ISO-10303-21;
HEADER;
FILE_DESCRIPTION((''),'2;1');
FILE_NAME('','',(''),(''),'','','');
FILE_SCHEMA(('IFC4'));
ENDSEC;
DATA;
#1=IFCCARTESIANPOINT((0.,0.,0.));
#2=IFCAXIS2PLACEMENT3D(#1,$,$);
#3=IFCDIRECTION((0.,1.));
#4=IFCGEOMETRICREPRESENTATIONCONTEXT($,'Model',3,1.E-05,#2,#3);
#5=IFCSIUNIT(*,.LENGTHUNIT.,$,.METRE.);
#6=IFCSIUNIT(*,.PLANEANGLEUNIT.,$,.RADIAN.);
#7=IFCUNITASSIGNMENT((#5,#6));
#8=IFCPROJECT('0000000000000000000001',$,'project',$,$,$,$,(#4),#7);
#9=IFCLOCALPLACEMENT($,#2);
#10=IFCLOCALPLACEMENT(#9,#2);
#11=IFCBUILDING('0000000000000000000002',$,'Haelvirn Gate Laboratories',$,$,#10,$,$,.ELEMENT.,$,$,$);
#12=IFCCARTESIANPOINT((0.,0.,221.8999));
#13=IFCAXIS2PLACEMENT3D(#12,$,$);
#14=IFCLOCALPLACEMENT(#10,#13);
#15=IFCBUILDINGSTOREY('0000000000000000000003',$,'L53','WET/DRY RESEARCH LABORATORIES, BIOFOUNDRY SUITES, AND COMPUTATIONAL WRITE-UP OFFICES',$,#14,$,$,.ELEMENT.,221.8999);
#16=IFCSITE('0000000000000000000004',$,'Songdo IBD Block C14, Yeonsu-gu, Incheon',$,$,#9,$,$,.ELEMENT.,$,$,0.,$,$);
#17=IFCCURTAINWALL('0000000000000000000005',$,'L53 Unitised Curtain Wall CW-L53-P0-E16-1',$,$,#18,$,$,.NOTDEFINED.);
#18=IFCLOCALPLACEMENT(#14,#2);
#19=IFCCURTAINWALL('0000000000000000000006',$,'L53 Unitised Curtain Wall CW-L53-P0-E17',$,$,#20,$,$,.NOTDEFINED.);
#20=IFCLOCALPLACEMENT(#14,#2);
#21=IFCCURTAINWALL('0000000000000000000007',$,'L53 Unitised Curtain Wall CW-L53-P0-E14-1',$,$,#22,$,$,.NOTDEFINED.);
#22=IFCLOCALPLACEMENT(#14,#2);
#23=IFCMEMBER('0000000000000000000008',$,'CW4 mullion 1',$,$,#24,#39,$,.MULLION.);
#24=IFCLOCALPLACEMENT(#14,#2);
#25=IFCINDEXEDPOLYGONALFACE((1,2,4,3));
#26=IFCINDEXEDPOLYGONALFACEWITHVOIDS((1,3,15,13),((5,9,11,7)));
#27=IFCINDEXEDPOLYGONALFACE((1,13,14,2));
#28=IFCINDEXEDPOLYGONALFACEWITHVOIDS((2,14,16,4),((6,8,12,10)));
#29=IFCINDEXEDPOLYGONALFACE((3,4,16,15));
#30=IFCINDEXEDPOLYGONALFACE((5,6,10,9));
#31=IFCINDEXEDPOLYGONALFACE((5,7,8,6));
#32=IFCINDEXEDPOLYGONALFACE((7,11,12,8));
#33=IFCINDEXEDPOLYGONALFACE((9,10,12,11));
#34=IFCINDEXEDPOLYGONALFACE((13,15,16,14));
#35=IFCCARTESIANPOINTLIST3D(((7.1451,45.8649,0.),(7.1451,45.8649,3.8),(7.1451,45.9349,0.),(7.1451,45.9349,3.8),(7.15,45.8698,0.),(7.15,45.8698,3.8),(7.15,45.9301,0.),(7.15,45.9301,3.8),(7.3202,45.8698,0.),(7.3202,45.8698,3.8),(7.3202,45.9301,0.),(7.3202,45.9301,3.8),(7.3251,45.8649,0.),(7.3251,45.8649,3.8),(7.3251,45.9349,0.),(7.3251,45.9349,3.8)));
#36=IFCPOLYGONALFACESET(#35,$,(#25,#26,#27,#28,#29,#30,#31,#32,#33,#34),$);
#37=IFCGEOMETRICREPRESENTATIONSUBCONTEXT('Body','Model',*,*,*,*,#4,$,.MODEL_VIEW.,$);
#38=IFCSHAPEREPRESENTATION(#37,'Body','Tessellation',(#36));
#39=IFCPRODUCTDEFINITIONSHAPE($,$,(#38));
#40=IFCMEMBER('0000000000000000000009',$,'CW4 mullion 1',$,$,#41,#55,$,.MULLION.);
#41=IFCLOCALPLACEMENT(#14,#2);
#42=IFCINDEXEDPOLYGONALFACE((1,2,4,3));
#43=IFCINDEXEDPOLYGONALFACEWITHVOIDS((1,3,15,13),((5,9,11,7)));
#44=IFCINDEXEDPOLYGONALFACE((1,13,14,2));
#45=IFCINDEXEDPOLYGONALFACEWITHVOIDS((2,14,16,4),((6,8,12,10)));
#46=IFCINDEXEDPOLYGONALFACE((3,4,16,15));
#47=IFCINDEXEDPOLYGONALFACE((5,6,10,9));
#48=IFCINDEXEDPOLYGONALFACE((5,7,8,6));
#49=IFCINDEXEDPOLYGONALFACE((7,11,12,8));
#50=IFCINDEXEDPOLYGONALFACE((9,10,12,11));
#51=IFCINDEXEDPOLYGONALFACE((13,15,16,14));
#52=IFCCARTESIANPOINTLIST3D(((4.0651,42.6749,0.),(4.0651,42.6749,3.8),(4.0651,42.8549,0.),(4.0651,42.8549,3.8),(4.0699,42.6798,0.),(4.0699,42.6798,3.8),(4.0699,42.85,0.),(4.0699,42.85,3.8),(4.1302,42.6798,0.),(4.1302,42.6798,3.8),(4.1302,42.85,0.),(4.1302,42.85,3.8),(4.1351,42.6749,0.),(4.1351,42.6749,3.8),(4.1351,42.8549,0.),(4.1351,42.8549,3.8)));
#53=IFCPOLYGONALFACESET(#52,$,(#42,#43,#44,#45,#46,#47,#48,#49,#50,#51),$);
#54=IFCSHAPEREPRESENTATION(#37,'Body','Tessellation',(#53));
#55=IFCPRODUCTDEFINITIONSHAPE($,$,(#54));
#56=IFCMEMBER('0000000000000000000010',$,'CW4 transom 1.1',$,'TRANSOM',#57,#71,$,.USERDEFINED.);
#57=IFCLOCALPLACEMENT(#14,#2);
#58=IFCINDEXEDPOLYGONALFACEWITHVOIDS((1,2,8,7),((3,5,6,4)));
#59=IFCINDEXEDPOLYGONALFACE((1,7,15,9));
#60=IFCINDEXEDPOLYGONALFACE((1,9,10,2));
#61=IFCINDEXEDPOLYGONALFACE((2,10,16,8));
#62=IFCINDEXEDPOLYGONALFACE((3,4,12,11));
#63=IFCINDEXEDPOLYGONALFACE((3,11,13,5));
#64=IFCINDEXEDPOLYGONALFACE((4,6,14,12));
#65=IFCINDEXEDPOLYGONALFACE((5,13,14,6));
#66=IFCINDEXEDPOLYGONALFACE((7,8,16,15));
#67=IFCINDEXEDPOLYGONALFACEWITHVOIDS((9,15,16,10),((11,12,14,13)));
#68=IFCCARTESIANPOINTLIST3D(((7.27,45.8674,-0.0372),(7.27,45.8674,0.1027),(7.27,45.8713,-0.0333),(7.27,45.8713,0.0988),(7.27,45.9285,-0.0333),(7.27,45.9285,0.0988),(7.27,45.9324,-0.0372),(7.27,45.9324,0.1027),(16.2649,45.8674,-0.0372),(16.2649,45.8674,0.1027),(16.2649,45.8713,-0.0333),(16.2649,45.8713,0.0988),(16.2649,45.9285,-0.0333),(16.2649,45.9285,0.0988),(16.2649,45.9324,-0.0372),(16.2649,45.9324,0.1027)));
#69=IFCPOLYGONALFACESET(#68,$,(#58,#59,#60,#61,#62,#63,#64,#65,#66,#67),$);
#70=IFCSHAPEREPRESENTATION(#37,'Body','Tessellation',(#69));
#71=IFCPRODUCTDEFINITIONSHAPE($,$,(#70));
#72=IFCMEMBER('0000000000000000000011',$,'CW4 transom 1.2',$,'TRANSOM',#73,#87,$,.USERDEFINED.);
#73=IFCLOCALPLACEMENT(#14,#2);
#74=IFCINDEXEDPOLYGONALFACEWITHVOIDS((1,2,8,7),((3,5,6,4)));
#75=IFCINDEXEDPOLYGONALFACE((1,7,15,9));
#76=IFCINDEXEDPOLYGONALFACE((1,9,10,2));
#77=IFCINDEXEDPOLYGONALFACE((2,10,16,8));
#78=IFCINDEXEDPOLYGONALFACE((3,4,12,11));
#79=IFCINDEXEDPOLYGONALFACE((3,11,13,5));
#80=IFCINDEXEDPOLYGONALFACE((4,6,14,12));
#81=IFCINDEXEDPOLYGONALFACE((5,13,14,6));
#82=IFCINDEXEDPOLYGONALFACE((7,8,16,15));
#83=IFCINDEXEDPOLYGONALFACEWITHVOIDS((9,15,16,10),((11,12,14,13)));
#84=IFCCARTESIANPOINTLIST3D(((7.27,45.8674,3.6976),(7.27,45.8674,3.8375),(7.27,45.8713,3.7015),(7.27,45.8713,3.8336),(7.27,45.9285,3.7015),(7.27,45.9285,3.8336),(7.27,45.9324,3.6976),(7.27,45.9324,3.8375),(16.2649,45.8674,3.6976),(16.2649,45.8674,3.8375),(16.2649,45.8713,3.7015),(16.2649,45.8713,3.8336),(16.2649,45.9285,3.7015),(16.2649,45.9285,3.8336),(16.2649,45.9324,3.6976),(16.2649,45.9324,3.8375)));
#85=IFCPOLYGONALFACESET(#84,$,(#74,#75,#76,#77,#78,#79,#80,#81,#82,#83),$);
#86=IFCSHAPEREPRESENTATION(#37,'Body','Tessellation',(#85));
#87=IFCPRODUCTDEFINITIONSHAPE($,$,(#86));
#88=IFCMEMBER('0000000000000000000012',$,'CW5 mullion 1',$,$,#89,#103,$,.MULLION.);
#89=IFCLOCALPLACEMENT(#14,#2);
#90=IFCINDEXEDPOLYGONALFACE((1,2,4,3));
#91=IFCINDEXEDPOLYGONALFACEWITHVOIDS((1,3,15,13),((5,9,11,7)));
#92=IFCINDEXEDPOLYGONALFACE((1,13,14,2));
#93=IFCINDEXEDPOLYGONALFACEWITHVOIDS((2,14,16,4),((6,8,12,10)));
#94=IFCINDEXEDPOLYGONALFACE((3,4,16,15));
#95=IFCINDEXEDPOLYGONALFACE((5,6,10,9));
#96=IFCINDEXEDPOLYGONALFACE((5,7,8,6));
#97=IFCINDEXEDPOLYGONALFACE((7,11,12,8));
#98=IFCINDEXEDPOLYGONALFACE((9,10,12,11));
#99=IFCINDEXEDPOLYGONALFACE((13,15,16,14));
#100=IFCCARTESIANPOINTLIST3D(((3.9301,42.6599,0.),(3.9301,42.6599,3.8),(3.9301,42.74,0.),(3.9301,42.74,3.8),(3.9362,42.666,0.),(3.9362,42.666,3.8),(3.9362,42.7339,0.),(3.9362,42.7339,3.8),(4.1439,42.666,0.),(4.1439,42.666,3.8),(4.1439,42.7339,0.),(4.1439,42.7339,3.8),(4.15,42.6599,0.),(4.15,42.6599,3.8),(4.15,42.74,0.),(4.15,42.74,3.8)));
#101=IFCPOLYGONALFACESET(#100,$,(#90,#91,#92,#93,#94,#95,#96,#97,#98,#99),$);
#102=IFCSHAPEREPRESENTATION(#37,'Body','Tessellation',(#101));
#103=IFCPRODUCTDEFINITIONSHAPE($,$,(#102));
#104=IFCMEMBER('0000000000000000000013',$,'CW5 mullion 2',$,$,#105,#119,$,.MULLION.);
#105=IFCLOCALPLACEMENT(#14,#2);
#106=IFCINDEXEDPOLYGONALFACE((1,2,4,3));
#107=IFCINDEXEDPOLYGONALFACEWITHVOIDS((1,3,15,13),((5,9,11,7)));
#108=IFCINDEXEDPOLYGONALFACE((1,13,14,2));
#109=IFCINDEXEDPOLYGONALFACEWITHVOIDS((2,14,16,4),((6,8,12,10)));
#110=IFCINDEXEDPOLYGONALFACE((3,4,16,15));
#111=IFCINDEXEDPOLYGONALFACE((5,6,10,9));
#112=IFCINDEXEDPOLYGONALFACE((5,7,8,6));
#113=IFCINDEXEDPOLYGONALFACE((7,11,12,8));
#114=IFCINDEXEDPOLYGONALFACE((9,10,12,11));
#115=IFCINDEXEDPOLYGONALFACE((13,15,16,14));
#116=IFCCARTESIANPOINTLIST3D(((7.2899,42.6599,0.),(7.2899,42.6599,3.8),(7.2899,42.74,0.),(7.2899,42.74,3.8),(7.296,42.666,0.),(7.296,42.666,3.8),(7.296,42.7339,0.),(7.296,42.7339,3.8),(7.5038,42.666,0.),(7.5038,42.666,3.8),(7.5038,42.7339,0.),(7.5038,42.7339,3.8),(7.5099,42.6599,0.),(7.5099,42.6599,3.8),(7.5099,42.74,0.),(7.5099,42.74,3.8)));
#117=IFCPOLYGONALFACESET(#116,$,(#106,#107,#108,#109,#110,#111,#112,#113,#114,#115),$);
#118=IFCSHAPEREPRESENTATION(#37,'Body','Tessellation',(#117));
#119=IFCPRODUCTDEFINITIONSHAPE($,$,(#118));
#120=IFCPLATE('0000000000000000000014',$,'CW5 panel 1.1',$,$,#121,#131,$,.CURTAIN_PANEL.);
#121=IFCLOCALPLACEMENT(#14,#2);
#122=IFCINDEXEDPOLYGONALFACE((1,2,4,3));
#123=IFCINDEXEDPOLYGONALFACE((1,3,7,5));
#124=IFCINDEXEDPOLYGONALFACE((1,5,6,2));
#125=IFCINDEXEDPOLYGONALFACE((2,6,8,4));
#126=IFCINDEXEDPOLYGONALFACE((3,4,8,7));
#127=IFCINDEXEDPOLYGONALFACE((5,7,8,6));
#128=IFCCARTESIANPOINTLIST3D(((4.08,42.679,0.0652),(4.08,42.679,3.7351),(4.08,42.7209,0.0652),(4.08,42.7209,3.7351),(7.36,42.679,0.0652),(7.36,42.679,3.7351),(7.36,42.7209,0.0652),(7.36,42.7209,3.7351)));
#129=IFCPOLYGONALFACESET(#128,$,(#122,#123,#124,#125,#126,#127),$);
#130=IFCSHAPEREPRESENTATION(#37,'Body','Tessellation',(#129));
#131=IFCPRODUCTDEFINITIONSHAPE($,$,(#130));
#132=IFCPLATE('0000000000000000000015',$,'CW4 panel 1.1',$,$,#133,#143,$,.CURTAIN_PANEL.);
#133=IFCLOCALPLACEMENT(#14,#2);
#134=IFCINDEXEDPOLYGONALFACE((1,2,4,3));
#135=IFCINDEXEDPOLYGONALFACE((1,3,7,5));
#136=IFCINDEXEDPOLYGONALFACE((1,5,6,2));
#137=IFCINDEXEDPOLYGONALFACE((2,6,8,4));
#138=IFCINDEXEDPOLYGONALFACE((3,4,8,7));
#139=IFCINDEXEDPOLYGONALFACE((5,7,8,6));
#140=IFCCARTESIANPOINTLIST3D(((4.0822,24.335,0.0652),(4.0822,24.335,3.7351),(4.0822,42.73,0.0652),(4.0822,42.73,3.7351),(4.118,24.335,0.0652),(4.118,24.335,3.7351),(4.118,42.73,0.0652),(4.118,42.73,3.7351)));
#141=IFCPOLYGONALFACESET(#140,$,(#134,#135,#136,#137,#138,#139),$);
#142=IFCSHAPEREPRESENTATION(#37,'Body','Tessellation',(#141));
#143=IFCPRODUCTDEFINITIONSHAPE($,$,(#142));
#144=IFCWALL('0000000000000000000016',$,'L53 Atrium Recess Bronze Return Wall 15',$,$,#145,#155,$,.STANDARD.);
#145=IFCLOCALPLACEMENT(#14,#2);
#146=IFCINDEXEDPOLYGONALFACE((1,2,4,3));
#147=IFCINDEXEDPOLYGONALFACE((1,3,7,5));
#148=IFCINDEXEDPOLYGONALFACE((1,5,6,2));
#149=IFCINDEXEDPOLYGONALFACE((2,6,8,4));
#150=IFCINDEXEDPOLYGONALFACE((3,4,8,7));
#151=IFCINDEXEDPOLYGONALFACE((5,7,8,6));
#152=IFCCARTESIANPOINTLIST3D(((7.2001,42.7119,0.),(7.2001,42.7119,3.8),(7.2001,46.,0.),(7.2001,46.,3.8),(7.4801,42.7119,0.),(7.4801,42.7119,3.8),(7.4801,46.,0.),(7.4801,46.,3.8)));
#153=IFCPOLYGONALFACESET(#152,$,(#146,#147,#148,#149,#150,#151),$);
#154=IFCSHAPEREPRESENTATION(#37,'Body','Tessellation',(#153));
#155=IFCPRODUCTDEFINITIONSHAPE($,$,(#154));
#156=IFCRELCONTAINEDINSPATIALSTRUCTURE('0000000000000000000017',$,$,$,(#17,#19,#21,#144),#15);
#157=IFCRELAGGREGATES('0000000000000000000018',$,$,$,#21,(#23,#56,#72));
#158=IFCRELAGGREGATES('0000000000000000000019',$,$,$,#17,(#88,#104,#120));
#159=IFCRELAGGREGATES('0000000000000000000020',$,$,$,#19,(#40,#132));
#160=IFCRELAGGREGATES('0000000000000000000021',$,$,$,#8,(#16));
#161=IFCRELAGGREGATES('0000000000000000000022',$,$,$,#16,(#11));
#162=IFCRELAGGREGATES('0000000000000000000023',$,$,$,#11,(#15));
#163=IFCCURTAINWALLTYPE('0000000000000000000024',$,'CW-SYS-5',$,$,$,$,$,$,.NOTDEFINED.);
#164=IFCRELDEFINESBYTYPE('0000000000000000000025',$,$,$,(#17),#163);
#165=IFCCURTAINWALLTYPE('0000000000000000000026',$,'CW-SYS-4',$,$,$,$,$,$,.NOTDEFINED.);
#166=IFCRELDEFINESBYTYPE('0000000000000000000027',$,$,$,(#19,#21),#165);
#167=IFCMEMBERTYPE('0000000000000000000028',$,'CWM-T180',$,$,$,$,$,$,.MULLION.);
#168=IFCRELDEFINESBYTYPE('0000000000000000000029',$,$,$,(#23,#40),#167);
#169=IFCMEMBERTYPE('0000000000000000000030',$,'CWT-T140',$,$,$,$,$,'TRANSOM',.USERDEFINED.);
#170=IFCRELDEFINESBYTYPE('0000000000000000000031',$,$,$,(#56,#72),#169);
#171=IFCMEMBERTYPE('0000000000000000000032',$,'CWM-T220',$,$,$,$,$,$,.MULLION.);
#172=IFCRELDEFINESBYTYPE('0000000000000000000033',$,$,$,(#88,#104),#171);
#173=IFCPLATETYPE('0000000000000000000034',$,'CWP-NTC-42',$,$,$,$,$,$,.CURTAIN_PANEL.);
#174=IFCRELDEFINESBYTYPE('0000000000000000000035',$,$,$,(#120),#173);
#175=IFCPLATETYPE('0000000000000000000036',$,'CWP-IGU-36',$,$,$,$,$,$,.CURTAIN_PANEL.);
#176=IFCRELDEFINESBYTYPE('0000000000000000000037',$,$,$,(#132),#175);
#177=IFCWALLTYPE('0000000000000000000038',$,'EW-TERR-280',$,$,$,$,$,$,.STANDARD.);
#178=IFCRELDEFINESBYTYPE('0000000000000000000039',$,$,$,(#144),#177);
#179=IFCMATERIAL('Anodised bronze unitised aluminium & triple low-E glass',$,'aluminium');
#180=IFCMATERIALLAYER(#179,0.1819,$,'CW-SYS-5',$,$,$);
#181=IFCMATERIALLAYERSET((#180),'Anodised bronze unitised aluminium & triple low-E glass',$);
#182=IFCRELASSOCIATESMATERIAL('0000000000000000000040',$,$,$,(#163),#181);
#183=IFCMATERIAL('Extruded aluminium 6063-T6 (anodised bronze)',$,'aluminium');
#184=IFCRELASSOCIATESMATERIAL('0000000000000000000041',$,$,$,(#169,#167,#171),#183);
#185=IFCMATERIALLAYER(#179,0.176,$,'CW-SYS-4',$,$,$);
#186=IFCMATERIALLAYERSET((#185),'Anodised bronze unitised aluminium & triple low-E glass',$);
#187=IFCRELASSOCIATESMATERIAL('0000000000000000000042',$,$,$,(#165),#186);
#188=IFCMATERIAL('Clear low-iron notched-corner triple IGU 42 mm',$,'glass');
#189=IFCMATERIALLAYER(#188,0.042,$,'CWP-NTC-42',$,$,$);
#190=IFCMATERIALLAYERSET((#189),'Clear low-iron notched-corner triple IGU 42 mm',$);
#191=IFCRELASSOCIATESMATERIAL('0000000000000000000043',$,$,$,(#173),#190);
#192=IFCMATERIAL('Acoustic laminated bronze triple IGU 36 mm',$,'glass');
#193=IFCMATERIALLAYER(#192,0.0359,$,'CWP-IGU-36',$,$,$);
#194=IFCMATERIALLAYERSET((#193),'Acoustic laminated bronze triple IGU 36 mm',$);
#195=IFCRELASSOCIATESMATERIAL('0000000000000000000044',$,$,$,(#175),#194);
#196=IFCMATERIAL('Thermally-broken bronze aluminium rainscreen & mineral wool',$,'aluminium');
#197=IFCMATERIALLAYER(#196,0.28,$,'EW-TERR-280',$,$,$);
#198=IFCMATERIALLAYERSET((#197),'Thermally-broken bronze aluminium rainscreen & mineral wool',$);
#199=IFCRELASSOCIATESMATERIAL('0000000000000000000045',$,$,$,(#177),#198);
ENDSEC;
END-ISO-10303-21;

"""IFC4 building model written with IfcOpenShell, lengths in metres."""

from ifc_helpers import new_model, si_unit, direction, frame, frame_2d, origin, origin_2d, place, context, subcontext, project, spatial, rectangle, hollow_rectangle, extrude, source, transform, mapped, material, layer, layer_set, material_profile, profile_set, type_object, type_shapes, element, aggregate, save


model = new_model("IFC4")

# Units and contexts
model_context = context("Model", 3, precision=1e-05, world=origin(), true_north=direction((0.0, 1.0)))
body_context = subcontext(model_context, "Body", "Model", "MODEL_VIEW")
ifc_project = project(units=[si_unit("LENGTHUNIT", "METRE"), si_unit("PLANEANGLEUNIT", "RADIAN")], contexts=[model_context])

# Site, building, storey
site_placement = place(None, origin())
site = spatial("IfcSite", under=ifc_project, at=site_placement, Name="Songdo IBD Block C14, Yeonsu-gu, Incheon", CompositionType="ELEMENT", RefElevation=0.0)
building_placement = place(site_placement, origin())
building = spatial("IfcBuilding", under=site, at=building_placement, Name="Haelvirn Gate Laboratories", CompositionType="ELEMENT")
storey_placement = place(building_placement, frame((0.0, 0.0, 221.8999)))
storey = spatial("IfcBuildingStorey", under=building, at=storey_placement, Name="L53", Description="WET/DRY RESEARCH LABORATORIES, BIOFOUNDRY SUITES, AND COMPUTATIONAL WRITE-UP OFFICES", CompositionType="ELEMENT", Elevation=221.8999)

# Curtain walls
ifc_material_1 = material(Name="Anodised bronze unitised aluminium & triple low-E glass", Category="aluminium")
ifc_layer_1 = layer(ifc_material_1, 0.1819, Name="CW-SYS-5")
ifc_layer_set_1 = layer_set([ifc_layer_1], Name="Anodised bronze unitised aluminium & triple low-E glass")
curtain_wall_type_1 = type_object("IfcCurtainWallType", Name="CW-SYS-5", PredefinedType="NOTDEFINED", material=ifc_layer_set_1)
curtain_wall_1_placement = place(storey_placement, origin())
curtain_wall_1 = element("IfcCurtainWall", 1, at=curtain_wall_1_placement, inside=storey, type_object=curtain_wall_type_1, Name="L53 Unitised Curtain Wall CW-L53-P0-E16-1", PredefinedType="NOTDEFINED")
ifc_material_2 = material(Name="Extruded aluminium 6063-T6 (anodised bronze)", Category="aluminium")
ifc_material_profile_1 = material_profile(ifc_material_2, hollow_rectangle(XDim=0.0649, YDim=0.1399, WallThickness=0.0039, at=origin_2d()), Name="CWT-140x65x4")
ifc_profile_set_1 = profile_set([ifc_material_profile_1], Name="Extruded aluminium 6063-T6 (anodised bronze)")
member_type_1 = type_object("IfcMemberType", Name="CWT-T140", ElementType="TRANSOM", PredefinedType="USERDEFINED", material=ifc_profile_set_1)
ifc_layer_2 = layer(ifc_material_1, 0.176, Name="CW-SYS-4")
ifc_layer_set_2 = layer_set([ifc_layer_2], Name="Anodised bronze unitised aluminium & triple low-E glass")
curtain_wall_type_2 = type_object("IfcCurtainWallType", Name="CW-SYS-4", PredefinedType="NOTDEFINED", material=ifc_layer_set_2)
curtain_wall_2_placement = place(storey_placement, origin())
curtain_wall_2 = element("IfcCurtainWall", 2, at=curtain_wall_2_placement, inside=storey, type_object=curtain_wall_type_2, Name="L53 Unitised Curtain Wall CW-L53-P0-E17", PredefinedType="NOTDEFINED")

# Curtain wall, member
curtain_wall_3_placement = place(storey_placement, origin())
curtain_wall_3 = element("IfcCurtainWall", 3, at=curtain_wall_3_placement, inside=storey, type_object=curtain_wall_type_2, Name="L53 Unitised Curtain Wall CW-L53-P0-E14-1", PredefinedType="NOTDEFINED")
ifc_material_profile_2 = material_profile(ifc_material_2, hollow_rectangle(XDim=0.0701, YDim=0.1799, WallThickness=0.0049, at=origin_2d()), Name="CWM-180x70x5")
ifc_profile_set_2 = profile_set([ifc_material_profile_2], Name="Extruded aluminium 6063-T6 (anodised bronze)")
member_type_2 = type_object("IfcMemberType", Name="CWM-T180", PredefinedType="MULLION", material=ifc_profile_set_2)
shared_shape_1 = source(origin(), body_context, "Body", "SweptSolid", [
    extrude(hollow_rectangle(XDim=0.0701, YDim=0.1799, WallThickness=0.0049, at=origin_2d()), origin(), (0.0, 0.0, 1.0), 3.8),
])
type_shapes(member_type_2, [shared_shape_1])
member_1_placement = place(storey_placement, frame((7.2351, 45.8999, 0.0), z_axis=(0.0, 0.0, 1.0), x_axis=(0.0, 1.0, 0.0)))
member_1 = element("IfcMember", 4, at=member_1_placement, type_object=member_type_2, Name="CW4 mullion 1", PredefinedType="MULLION", context=body_context, shape_type="MappedRepresentation", body=[
    mapped(shared_shape_1, transform((0.0, 0.0, 0.0), scale=1.0)),
])

# Members
member_2_placement = place(storey_placement, frame((4.1001, 42.7649, 0.0), z_axis=(0.0, 0.0, 1.0), x_axis=(1.0, 0.0, 0.0)))
member_2 = element("IfcMember", 5, at=member_2_placement, type_object=member_type_2, Name="CW4 mullion 1", PredefinedType="MULLION", context=body_context, shape_type="MappedRepresentation", body=[
    mapped(shared_shape_1, transform((0.0, 0.0, 0.0), scale=1.0)),
])
shared_shape_2 = source(origin(), body_context, "Body", "SweptSolid", [
    extrude(hollow_rectangle(XDim=0.0649, YDim=0.1399, WallThickness=0.0039, at=origin_2d()), origin(), (0.0, 0.0, 1.0), 8.9949),
])
member_3_placement = place(storey_placement, frame((7.27, 45.8999, 0.0327), z_axis=(1.0, 0.0, 0.0), x_axis=(0.0, 1.0, 0.0)))
member_3 = element("IfcMember", 6, at=member_3_placement, type_object=member_type_1, Name="CW4 transom 1.1", ObjectType="TRANSOM", PredefinedType="USERDEFINED", context=body_context, shape_type="MappedRepresentation", body=[
    mapped(shared_shape_2, transform((0.0, 0.0, 0.0), scale=1.0)),
])
member_4_placement = place(storey_placement, frame((7.27, 45.8999, 3.7676), z_axis=(1.0, 0.0, 0.0), x_axis=(0.0, 1.0, 0.0)))
member_4 = element("IfcMember", 7, at=member_4_placement, type_object=member_type_1, Name="CW4 transom 1.2", ObjectType="TRANSOM", PredefinedType="USERDEFINED", context=body_context, shape_type="MappedRepresentation", body=[
    mapped(shared_shape_2, transform((0.0, 0.0, 0.0), scale=1.0)),
])
aggregate(curtain_wall_3, [member_1, member_3, member_4])
ifc_material_profile_3 = material_profile(ifc_material_2, hollow_rectangle(XDim=0.0801, YDim=0.22, WallThickness=0.0061, at=origin_2d()), Name="CWM-220x80x6")
ifc_profile_set_3 = profile_set([ifc_material_profile_3], Name="Extruded aluminium 6063-T6 (anodised bronze)")
member_type_3 = type_object("IfcMemberType", Name="CWM-T220", PredefinedType="MULLION", material=ifc_profile_set_3)
shared_shape_3 = source(origin(), body_context, "Body", "SweptSolid", [
    extrude(hollow_rectangle(XDim=0.0801, YDim=0.22, WallThickness=0.0061, at=origin_2d()), origin(), (0.0, 0.0, 1.0), 3.8),
])
type_shapes(member_type_3, [shared_shape_3])
member_5_placement = place(storey_placement, frame((4.04, 42.7, 0.0), z_axis=(0.0, 0.0, 1.0), x_axis=(0.0, 1.0, 0.0)))
member_5 = element("IfcMember", 8, at=member_5_placement, type_object=member_type_3, Name="CW5 mullion 1", PredefinedType="MULLION", context=body_context, shape_type="MappedRepresentation", body=[
    mapped(shared_shape_3, transform((0.0, 0.0, 0.0), scale=1.0)),
])
member_6_placement = place(storey_placement, frame((7.3999, 42.7, 0.0), z_axis=(0.0, 0.0, 1.0), x_axis=(0.0, 1.0, 0.0)))
member_6 = element("IfcMember", 9, at=member_6_placement, type_object=member_type_3, Name="CW5 mullion 2", PredefinedType="MULLION", context=body_context, shape_type="MappedRepresentation", body=[
    mapped(shared_shape_3, transform((0.0, 0.0, 0.0), scale=1.0)),
])

# Plates
ifc_material_3 = material(Name="Clear low-iron notched-corner triple IGU 42 mm", Category="glass")
ifc_layer_3 = layer(ifc_material_3, 0.042, Name="CWP-NTC-42")
ifc_layer_set_3 = layer_set([ifc_layer_3], Name="Clear low-iron notched-corner triple IGU 42 mm")
plate_type_1 = type_object("IfcPlateType", Name="CWP-NTC-42", PredefinedType="CURTAIN_PANEL", material=ifc_layer_set_3)
shared_shape_4 = source(origin(), body_context, "Body", "SweptSolid", [
    extrude(rectangle(XDim=3.28, YDim=0.042, at=origin_2d()), origin(), (0.0, 0.0, 1.0), 3.6699),
])
type_shapes(plate_type_1, [shared_shape_4])
plate_1_placement = place(storey_placement, frame((5.72, 42.7, 0.0652), z_axis=(0.0, 0.0, 1.0), x_axis=(1.0, 0.0, 0.0)))
plate_1 = element("IfcPlate", 10, at=plate_1_placement, type_object=plate_type_1, Name="CW5 panel 1.1", PredefinedType="CURTAIN_PANEL", context=body_context, shape_type="MappedRepresentation", body=[
    mapped(shared_shape_4, transform((0.0, 0.0, 0.0), scale=1.0)),
])
aggregate(curtain_wall_1, [member_5, member_6, plate_1])
ifc_material_4 = material(Name="Acoustic laminated bronze triple IGU 36 mm", Category="glass")
ifc_layer_4 = layer(ifc_material_4, 0.0359, Name="CWP-IGU-36")
ifc_layer_set_4 = layer_set([ifc_layer_4], Name="Acoustic laminated bronze triple IGU 36 mm")
plate_type_2 = type_object("IfcPlateType", Name="CWP-IGU-36", PredefinedType="CURTAIN_PANEL", material=ifc_layer_set_4)
shared_shape_5 = source(origin(), body_context, "Body", "SweptSolid", [
    extrude(rectangle(XDim=18.395, YDim=0.0359, at=origin_2d()), origin(), (0.0, 0.0, 1.0), 3.6699),
])
type_shapes(plate_type_2, [shared_shape_5])
plate_2_placement = place(storey_placement, frame((4.1001, 33.5325, 0.0652), z_axis=(0.0, 0.0, 1.0), x_axis=(0.0, -1.0, 0.0)))
plate_2 = element("IfcPlate", 11, at=plate_2_placement, type_object=plate_type_2, Name="CW4 panel 1.1", PredefinedType="CURTAIN_PANEL", context=body_context, shape_type="MappedRepresentation", body=[
    mapped(shared_shape_5, transform((0.0, 0.0, 0.0), scale=1.0)),
])
aggregate(curtain_wall_2, [member_2, plate_2])

# Wall
ifc_material_5 = material(Name="Thermally-broken bronze aluminium rainscreen & mineral wool", Category="aluminium")
ifc_layer_5 = layer(ifc_material_5, 0.28, Name="EW-TERR-280")
ifc_layer_set_5 = layer_set([ifc_layer_5], Name="Thermally-broken bronze aluminium rainscreen & mineral wool")
wall_type_1 = type_object("IfcWallType", Name="EW-TERR-280", PredefinedType="STANDARD", material=ifc_layer_set_5)
wall_1_placement = place(storey_placement, frame((7.3401, 46.0, 0.0), z_axis=(0.0, 0.0, 1.0), x_axis=(0.0, -1.0, 0.0)))
element("IfcWall", 12, at=wall_1_placement, inside=storey, type_object=wall_type_1, Name="L53 Atrium Recess Bronze Return Wall 15", PredefinedType="STANDARD", context=body_context, shape_type="SweptSolid", body=[
    extrude(rectangle(XDim=3.2881, YDim=0.28, at=frame_2d((1.644, 0.0))), origin(), (0.0, 0.0, 1.0), 3.8),
])

save(model, "model.ifc")
